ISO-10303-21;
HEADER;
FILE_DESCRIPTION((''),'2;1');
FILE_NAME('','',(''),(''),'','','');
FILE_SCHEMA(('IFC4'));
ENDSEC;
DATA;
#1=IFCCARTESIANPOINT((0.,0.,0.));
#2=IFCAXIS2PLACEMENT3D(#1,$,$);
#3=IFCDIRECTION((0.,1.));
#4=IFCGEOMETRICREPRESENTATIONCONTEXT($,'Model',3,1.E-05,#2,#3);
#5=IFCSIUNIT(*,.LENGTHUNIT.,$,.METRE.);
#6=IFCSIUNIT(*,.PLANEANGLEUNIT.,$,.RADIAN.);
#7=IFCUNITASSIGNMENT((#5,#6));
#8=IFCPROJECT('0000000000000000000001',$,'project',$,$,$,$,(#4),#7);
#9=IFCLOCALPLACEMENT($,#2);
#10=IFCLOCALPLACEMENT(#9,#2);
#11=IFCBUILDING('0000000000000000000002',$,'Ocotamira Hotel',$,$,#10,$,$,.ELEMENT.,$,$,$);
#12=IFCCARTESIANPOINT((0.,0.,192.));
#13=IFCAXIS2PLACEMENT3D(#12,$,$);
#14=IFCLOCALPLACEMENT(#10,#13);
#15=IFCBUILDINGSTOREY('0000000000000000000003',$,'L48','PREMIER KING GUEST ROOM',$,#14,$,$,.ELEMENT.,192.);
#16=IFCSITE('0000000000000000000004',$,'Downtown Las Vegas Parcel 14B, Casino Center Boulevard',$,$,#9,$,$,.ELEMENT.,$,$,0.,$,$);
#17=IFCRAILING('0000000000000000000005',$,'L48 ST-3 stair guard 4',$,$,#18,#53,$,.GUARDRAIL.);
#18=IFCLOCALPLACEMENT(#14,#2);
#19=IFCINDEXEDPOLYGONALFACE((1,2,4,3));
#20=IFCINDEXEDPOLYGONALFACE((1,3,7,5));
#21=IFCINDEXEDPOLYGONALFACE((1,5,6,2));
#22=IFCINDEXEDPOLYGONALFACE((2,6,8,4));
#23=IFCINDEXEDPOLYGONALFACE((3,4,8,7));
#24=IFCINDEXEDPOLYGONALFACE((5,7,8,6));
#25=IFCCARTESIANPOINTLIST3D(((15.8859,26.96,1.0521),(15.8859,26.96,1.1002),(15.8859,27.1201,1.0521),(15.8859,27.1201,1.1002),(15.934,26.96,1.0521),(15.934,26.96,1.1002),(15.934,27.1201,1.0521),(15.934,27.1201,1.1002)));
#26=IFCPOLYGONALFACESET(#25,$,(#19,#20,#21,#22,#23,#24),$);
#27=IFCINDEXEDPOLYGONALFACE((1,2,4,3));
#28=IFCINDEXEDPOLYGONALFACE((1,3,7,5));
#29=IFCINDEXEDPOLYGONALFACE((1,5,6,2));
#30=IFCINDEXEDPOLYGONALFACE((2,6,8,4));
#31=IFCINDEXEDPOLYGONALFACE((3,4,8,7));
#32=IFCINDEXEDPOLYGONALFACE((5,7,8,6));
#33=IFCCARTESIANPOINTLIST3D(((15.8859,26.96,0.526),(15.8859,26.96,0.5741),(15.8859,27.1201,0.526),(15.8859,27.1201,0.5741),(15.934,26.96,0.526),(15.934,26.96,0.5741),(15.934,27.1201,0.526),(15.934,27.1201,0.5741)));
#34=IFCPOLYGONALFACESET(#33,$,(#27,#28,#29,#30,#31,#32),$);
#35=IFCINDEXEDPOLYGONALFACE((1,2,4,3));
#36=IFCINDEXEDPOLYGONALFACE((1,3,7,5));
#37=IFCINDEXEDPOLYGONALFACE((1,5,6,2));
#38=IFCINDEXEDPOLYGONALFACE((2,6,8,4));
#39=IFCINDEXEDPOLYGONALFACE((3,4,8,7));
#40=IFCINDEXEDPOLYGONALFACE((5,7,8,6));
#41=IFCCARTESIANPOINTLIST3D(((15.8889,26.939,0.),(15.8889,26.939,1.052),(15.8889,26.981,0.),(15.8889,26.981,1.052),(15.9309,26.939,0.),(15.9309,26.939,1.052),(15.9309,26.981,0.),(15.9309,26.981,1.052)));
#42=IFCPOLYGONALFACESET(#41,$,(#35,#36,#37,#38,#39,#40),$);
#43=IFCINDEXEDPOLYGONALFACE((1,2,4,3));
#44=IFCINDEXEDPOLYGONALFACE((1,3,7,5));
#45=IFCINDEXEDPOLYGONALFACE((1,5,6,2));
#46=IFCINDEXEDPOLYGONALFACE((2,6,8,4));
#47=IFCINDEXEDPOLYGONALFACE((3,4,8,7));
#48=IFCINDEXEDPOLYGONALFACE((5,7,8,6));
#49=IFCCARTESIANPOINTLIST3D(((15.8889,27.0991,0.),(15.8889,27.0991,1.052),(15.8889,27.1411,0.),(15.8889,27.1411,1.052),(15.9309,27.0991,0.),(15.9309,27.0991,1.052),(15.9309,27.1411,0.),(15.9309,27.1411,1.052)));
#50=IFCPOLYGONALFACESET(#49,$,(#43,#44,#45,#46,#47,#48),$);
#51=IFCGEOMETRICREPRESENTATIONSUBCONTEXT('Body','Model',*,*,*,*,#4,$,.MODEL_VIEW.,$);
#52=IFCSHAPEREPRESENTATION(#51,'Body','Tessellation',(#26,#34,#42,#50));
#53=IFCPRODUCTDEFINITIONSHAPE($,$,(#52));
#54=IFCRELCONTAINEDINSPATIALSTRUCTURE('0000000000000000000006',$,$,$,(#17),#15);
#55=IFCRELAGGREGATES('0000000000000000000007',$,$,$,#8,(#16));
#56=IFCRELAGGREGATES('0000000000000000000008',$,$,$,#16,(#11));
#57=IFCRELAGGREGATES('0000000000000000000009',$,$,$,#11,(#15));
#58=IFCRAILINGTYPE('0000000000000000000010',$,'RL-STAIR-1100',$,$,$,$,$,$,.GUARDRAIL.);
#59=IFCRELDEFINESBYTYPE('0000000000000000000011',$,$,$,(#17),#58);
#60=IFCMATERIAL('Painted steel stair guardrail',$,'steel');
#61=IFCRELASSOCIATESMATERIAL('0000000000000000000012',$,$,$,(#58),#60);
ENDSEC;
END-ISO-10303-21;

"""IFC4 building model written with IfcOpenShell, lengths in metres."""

from ifc_helpers import new_model, si_unit, direction, frame, origin, origin_2d, place, context, subcontext, project, spatial, rectangle, extrude, material, type_object, element, save


model = new_model("IFC4")

# Units and contexts
model_context = context("Model", 3, precision=1e-05, world=origin(), true_north=direction((0.0, 1.0)))
body_context = subcontext(model_context, "Body", "Model", "MODEL_VIEW")
ifc_project = project(units=[si_unit("LENGTHUNIT", "METRE"), si_unit("PLANEANGLEUNIT", "RADIAN")], contexts=[model_context])

# Site, building, storey
site_placement = place(None, origin())
site = spatial("IfcSite", under=ifc_project, at=site_placement, Name="Downtown Las Vegas Parcel 14B, Casino Center Boulevard", CompositionType="ELEMENT", RefElevation=0.0)
building_placement = place(site_placement, origin())
building = spatial("IfcBuilding", under=site, at=building_placement, Name="Ocotamira Hotel", CompositionType="ELEMENT")
storey_placement = place(building_placement, frame((0.0, 0.0, 192.0)))
storey = spatial("IfcBuildingStorey", under=building, at=storey_placement, Name="L48", Description="PREMIER KING GUEST ROOM", CompositionType="ELEMENT", Elevation=192.0)

# Railing
ifc_material_1 = material(Name="Painted steel stair guardrail", Category="steel")
railing_type_1 = type_object("IfcRailingType", Name="RL-STAIR-1100", PredefinedType="GUARDRAIL", material=ifc_material_1)
railing_1_placement = place(storey_placement, frame((15.9099, 26.96, 0.0)))
element("IfcRailing", 1, at=railing_1_placement, inside=storey, type_object=railing_type_1, Name="L48 ST-3 stair guard 4", PredefinedType="GUARDRAIL", context=body_context, shape_type="SweptSolid", body=[
    extrude(rectangle(XDim=0.0481, YDim=0.0481, at=origin_2d()), frame((0.0, 0.0, 1.0762), z_axis=(0.0, 1.0, 0.0), x_axis=(-1.0, 0.0, 0.0)), (0.0, 0.0, 1.0), 0.1602),
    extrude(rectangle(XDim=0.0481, YDim=0.0481, at=origin_2d()), frame((0.0, 0.0, 0.55), z_axis=(0.0, 1.0, 0.0), x_axis=(-1.0, 0.0, 0.0)), (0.0, 0.0, 1.0), 0.1602),
    extrude(rectangle(XDim=0.042, YDim=0.042, at=origin_2d()), origin(), (0.0, 0.0, 1.0), 1.052),
    extrude(rectangle(XDim=0.042, YDim=0.042, at=origin_2d()), frame((0.0, 0.1602, 0.0)), (0.0, 0.0, 1.0), 1.052),
])

save(model, "model.ifc")
